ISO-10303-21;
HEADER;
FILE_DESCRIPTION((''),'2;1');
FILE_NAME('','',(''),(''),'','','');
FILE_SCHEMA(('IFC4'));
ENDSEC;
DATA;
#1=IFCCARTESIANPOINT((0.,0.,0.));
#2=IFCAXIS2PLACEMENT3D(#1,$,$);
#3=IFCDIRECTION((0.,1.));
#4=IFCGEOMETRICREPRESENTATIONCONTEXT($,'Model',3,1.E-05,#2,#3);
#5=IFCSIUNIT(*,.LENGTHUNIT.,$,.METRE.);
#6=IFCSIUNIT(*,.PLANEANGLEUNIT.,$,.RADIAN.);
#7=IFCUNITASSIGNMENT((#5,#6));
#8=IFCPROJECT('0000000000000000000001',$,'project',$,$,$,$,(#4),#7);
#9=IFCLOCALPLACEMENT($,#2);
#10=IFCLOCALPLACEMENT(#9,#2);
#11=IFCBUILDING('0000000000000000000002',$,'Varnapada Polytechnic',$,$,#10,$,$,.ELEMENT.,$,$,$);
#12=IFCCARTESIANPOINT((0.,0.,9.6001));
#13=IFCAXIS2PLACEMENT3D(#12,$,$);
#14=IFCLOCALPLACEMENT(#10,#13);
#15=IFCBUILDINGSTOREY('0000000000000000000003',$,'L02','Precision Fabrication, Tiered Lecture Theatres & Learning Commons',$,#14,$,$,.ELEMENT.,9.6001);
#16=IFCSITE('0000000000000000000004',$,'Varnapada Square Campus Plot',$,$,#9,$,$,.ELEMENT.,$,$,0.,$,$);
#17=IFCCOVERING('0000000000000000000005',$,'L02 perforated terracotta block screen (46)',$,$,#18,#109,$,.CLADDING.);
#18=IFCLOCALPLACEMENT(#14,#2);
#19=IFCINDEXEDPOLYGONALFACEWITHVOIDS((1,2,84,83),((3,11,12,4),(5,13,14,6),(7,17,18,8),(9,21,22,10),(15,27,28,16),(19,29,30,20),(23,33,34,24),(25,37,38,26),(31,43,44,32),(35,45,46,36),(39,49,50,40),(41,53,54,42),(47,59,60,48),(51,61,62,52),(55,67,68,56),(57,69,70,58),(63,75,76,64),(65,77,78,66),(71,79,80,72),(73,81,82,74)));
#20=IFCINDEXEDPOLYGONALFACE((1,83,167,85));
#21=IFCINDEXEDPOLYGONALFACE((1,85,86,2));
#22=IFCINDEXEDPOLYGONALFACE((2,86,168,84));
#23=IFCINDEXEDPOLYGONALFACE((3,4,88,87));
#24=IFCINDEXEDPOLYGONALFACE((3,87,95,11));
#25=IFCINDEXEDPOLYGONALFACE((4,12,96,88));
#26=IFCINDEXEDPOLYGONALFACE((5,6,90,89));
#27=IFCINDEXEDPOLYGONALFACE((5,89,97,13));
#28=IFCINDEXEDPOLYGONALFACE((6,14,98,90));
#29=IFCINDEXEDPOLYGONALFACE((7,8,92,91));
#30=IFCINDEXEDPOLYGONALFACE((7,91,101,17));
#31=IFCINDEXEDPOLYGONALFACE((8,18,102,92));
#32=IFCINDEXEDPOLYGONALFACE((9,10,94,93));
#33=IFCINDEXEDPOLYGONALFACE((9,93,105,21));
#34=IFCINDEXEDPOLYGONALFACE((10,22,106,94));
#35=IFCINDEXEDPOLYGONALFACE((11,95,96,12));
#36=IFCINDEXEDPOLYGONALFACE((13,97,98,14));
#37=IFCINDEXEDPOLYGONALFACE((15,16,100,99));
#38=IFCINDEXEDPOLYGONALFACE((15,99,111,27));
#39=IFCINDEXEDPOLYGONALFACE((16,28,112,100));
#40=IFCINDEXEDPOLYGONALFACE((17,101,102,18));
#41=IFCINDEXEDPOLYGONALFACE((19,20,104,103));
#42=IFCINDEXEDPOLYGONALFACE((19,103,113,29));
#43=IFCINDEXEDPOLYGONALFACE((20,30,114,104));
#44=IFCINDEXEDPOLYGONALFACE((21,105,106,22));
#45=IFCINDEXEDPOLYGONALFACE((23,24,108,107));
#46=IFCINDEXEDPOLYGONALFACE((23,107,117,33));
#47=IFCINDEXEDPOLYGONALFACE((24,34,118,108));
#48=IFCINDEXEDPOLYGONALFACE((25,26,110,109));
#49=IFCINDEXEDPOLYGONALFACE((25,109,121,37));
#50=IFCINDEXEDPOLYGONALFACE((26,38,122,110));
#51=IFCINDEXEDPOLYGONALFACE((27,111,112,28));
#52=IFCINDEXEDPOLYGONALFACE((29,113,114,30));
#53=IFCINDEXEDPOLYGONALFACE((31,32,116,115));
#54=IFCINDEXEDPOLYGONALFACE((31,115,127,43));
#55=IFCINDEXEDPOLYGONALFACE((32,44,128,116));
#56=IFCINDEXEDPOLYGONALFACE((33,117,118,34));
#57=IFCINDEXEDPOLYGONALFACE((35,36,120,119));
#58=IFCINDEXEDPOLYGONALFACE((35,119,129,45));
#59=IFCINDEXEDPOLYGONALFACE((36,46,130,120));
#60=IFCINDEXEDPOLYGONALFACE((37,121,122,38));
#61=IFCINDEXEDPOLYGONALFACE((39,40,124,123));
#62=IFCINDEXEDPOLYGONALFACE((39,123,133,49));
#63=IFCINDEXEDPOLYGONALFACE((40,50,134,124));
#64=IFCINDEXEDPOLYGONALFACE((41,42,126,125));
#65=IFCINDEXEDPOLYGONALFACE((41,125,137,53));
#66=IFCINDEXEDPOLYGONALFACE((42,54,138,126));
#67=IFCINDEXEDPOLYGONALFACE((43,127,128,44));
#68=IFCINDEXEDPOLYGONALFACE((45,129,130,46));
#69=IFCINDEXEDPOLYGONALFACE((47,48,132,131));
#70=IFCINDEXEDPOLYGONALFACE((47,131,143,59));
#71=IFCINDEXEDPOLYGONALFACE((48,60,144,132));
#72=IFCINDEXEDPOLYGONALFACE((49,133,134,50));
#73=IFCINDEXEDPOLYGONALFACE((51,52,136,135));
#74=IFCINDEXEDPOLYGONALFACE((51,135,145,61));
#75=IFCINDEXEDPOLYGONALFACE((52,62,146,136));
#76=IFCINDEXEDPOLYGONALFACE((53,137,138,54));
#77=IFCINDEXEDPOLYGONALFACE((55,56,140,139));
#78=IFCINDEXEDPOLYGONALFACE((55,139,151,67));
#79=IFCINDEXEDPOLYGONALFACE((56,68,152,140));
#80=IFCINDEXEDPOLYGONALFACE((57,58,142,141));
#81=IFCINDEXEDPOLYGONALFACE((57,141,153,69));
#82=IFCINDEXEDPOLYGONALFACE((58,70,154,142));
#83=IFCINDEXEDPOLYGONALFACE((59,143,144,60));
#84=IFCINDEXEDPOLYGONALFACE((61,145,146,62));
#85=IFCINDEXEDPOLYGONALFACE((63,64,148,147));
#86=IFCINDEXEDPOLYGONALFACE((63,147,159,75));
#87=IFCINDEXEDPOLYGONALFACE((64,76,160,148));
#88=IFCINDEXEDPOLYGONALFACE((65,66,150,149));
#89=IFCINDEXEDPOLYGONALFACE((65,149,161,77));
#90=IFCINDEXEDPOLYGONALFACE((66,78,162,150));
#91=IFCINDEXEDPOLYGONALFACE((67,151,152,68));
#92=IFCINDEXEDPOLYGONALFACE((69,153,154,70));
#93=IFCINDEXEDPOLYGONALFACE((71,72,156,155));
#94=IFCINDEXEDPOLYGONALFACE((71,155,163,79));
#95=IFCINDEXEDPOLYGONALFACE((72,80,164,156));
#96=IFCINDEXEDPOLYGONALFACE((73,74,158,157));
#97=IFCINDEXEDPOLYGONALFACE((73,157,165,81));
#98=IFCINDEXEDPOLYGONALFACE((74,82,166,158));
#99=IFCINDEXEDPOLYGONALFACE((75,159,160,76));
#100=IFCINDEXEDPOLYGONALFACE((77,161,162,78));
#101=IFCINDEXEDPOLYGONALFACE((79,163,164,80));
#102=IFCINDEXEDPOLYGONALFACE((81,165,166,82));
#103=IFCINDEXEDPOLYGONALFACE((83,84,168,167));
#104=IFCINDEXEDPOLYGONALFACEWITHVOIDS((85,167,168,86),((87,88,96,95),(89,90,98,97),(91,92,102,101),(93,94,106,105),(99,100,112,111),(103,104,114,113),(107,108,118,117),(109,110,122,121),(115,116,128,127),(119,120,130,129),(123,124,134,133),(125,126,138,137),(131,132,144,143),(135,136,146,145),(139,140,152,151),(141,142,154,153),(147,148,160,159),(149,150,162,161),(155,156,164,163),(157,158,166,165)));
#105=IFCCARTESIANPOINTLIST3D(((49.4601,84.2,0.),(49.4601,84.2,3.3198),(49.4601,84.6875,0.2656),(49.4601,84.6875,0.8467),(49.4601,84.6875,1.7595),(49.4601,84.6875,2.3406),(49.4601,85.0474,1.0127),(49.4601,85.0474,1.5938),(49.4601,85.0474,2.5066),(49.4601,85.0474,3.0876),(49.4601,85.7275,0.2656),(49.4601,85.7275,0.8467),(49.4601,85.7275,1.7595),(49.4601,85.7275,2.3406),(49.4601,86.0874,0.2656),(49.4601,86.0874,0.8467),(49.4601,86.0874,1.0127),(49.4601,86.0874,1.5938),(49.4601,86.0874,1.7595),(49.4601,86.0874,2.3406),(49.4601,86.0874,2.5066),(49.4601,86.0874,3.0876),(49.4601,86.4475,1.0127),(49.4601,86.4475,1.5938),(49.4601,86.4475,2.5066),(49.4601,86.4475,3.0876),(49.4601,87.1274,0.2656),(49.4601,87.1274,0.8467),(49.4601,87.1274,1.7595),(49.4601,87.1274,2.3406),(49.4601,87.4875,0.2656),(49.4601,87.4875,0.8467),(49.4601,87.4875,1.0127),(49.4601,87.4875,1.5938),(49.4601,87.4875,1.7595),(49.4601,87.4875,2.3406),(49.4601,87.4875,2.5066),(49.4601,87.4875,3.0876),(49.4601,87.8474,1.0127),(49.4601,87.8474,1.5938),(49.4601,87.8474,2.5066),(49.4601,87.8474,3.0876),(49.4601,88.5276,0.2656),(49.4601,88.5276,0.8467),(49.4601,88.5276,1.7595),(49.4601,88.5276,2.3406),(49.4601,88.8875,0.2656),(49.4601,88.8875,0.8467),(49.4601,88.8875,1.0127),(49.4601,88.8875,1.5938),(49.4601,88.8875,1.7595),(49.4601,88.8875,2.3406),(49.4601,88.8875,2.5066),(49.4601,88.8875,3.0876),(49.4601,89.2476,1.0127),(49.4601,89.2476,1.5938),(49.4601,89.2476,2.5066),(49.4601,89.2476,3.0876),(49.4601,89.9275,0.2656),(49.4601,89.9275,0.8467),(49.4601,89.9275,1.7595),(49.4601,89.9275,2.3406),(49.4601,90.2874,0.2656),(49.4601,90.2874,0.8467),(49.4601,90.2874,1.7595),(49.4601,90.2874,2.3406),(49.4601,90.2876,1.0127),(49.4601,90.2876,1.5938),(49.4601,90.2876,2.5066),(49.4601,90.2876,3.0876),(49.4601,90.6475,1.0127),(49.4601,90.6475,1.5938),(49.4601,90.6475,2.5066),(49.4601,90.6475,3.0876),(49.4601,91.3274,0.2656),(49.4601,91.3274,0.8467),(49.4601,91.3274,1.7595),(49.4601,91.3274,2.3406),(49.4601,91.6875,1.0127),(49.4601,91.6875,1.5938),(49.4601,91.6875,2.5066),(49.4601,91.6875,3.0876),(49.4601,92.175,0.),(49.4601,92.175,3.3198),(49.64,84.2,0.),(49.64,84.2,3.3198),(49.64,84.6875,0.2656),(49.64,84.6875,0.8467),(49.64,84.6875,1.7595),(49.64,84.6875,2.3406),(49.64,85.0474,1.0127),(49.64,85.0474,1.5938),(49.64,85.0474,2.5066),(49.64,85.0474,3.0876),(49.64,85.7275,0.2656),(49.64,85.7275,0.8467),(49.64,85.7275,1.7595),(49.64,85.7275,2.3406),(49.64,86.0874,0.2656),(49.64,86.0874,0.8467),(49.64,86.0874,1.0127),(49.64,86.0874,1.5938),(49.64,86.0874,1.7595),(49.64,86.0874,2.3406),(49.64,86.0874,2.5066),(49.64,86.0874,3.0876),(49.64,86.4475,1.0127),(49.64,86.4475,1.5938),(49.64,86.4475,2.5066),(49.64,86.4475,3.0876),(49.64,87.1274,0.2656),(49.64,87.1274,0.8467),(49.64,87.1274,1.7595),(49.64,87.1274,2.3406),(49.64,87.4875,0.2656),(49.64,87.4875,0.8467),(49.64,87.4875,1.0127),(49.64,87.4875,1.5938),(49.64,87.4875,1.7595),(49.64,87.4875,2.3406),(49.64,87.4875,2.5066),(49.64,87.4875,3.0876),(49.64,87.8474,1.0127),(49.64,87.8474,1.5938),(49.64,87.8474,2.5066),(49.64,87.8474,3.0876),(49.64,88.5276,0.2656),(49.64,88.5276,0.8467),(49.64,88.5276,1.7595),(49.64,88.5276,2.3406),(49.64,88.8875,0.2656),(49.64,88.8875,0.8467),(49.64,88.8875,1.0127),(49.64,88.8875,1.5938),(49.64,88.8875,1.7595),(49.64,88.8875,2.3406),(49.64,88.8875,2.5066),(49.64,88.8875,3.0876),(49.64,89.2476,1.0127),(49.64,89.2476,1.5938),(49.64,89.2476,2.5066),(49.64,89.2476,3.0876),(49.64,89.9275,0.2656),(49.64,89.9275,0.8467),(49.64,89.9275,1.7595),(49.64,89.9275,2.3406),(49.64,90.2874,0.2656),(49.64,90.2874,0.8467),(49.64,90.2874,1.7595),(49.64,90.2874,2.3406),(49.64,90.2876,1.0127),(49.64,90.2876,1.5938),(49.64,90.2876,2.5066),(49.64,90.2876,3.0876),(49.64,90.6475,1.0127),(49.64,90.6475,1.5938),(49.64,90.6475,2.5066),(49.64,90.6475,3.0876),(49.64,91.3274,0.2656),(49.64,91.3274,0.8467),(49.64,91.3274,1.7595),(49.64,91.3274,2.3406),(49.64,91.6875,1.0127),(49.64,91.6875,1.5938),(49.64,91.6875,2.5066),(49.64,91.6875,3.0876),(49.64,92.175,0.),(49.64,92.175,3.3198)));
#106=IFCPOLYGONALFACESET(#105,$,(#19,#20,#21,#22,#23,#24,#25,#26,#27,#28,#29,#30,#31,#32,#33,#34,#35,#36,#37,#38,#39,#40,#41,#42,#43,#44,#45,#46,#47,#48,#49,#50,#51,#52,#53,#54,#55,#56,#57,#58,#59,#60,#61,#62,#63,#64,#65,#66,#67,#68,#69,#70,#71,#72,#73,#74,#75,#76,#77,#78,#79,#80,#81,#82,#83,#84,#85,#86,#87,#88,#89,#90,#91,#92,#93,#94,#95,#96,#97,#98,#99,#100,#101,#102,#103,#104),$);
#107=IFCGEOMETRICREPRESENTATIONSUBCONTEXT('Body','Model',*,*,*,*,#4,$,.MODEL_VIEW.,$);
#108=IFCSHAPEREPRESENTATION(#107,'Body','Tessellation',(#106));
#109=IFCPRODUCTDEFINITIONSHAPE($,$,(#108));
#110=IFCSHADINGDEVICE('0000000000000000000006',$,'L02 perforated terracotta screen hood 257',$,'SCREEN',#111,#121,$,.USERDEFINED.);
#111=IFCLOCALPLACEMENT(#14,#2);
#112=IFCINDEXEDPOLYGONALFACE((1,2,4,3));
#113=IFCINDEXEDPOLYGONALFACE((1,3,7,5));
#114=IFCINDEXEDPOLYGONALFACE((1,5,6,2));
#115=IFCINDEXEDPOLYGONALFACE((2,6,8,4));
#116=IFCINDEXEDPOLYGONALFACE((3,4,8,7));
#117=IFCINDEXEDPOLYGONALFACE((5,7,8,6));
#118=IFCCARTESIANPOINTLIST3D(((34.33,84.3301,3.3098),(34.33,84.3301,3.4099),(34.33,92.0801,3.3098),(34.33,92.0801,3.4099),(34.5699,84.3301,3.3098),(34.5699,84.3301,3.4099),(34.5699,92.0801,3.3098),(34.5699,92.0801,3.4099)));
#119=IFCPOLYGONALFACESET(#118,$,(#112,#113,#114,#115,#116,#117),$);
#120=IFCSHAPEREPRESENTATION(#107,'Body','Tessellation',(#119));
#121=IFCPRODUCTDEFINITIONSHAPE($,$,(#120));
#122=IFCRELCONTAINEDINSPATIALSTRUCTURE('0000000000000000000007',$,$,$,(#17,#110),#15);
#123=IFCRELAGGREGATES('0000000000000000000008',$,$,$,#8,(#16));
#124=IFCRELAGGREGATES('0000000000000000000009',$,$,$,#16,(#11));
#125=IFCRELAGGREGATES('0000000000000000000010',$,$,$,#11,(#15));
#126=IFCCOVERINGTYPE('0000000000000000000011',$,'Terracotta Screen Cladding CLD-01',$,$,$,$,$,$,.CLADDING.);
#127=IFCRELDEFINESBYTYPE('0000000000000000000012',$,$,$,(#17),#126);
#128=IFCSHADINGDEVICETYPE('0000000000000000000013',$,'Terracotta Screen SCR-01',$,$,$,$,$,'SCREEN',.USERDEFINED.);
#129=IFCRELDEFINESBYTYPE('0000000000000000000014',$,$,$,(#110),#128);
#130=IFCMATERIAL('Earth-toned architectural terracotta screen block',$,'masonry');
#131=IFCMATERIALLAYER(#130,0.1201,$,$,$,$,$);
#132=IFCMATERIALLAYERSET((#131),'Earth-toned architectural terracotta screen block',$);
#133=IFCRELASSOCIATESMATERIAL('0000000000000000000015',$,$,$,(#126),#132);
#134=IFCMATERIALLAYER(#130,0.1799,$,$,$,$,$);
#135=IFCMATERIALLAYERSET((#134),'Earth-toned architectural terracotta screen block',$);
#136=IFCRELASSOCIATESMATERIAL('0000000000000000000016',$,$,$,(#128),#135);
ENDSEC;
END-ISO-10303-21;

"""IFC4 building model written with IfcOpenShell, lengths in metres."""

from ifc_helpers import new_model, si_unit, direction, frame, frame_2d, origin, origin_2d, place, context, subcontext, project, spatial, rectangle, extrude, material, layer, layer_set, type_object, element, save


model = new_model("IFC4")

# Units and contexts
model_context = context("Model", 3, precision=1e-05, world=origin(), true_north=direction((0.0, 1.0)))
body_context = subcontext(model_context, "Body", "Model", "MODEL_VIEW")
ifc_project = project(units=[si_unit("LENGTHUNIT", "METRE"), si_unit("PLANEANGLEUNIT", "RADIAN")], contexts=[model_context])

# Site, building, storey
site_placement = place(None, origin())
site = spatial("IfcSite", under=ifc_project, at=site_placement, Name="Varnapada Square Campus Plot", CompositionType="ELEMENT", RefElevation=0.0)
building_placement = place(site_placement, origin())
building = spatial("IfcBuilding", under=site, at=building_placement, Name="Varnapada Polytechnic", CompositionType="ELEMENT")
storey_placement = place(building_placement, frame((0.0, 0.0, 9.6001)))
storey = spatial("IfcBuildingStorey", under=building, at=storey_placement, Name="L02", Description="Precision Fabrication, Tiered Lecture Theatres & Learning Commons", CompositionType="ELEMENT", Elevation=9.6001)

# Covering, openings
ifc_material_1 = material(Name="Earth-toned architectural terracotta screen block", Category="masonry")
ifc_layer_1 = layer(ifc_material_1, 0.1201)
ifc_layer_set_1 = layer_set([ifc_layer_1], Name="Earth-toned architectural terracotta screen block")
covering_type = type_object("IfcCoveringType", Name="Terracotta Screen Cladding CLD-01", PredefinedType="CLADDING", material=ifc_layer_set_1)
covering_placement = place(storey_placement, frame((49.55, 84.2, 0.0), z_axis=(0.0, 0.0, 1.0), x_axis=(0.0, 1.0, 0.0)))
covering = element("IfcCovering", 1, at=covering_placement, inside=storey, type_object=covering_type, Name="L02 perforated terracotta block screen (46)", PredefinedType="CLADDING", context=body_context, shape_type="SweptSolid", body=[
    extrude(rectangle(XDim=7.9751, YDim=0.1799, at=frame_2d((3.9875, 0.0))), origin(), (0.0, 0.0, 1.0), 3.3198),
])
opening_1_placement = place(covering_placement, frame((0.4875, 0.0, 0.2656)))
element("IfcOpeningElement", 2, at=opening_1_placement, cuts=covering, PredefinedType="OPENING", context=body_context, shape_type="SweptSolid", body=[
    extrude(rectangle(XDim=1.04, YDim=0.5811, at=frame_2d((0.52, 0.2905))), frame((0.0, 0.0999, 0.0), z_axis=(0.0, -1.0, 0.0), x_axis=(1.0, 0.0, 0.0)), (0.0, 0.0, 1.0), 0.2),
])
opening_2_placement = place(covering_placement, frame((1.8875, 0.0, 0.2656)))
element("IfcOpeningElement", 3, at=opening_2_placement, cuts=covering, PredefinedType="OPENING", context=body_context, shape_type="SweptSolid", body=[
    extrude(rectangle(XDim=1.04, YDim=0.5811, at=frame_2d((0.52, 0.2905))), frame((0.0, 0.0999, 0.0), z_axis=(0.0, -1.0, 0.0), x_axis=(1.0, 0.0, 0.0)), (0.0, 0.0, 1.0), 0.2),
])
opening_3_placement = place(covering_placement, frame((3.2876, 0.0, 0.2656)))
element("IfcOpeningElement", 4, at=opening_3_placement, cuts=covering, PredefinedType="OPENING", context=body_context, shape_type="SweptSolid", body=[
    extrude(rectangle(XDim=1.04, YDim=0.5811, at=frame_2d((0.52, 0.2905))), frame((0.0, 0.0999, 0.0), z_axis=(0.0, -1.0, 0.0), x_axis=(1.0, 0.0, 0.0)), (0.0, 0.0, 1.0), 0.2),
])
opening_4_placement = place(covering_placement, frame((4.6875, 0.0, 0.2656)))
element("IfcOpeningElement", 5, at=opening_4_placement, cuts=covering, PredefinedType="OPENING", context=body_context, shape_type="SweptSolid", body=[
    extrude(rectangle(XDim=1.04, YDim=0.5811, at=frame_2d((0.52, 0.2905))), frame((0.0, 0.0999, 0.0), z_axis=(0.0, -1.0, 0.0), x_axis=(1.0, 0.0, 0.0)), (0.0, 0.0, 1.0), 0.2),
])
opening_5_placement = place(covering_placement, frame((6.0874, 0.0, 0.2656)))
element("IfcOpeningElement", 6, at=opening_5_placement, cuts=covering, PredefinedType="OPENING", context=body_context, shape_type="SweptSolid", body=[
    extrude(rectangle(XDim=1.04, YDim=0.5811, at=frame_2d((0.52, 0.2905))), frame((0.0, 0.0999, 0.0), z_axis=(0.0, -1.0, 0.0), x_axis=(1.0, 0.0, 0.0)), (0.0, 0.0, 1.0), 0.2),
])
opening_6_placement = place(covering_placement, frame((0.8474, 0.0, 1.0127)))
element("IfcOpeningElement", 7, at=opening_6_placement, cuts=covering, PredefinedType="OPENING", context=body_context, shape_type="SweptSolid", body=[
    extrude(rectangle(XDim=1.04, YDim=0.5811, at=frame_2d((0.52, 0.2905))), frame((0.0, 0.0999, 0.0), z_axis=(0.0, -1.0, 0.0), x_axis=(1.0, 0.0, 0.0)), (0.0, 0.0, 1.0), 0.2),
])
opening_7_placement = place(covering_placement, frame((2.2476, 0.0, 1.0127)))
element("IfcOpeningElement", 8, at=opening_7_placement, cuts=covering, PredefinedType="OPENING", context=body_context, shape_type="SweptSolid", body=[
    extrude(rectangle(XDim=1.04, YDim=0.5811, at=frame_2d((0.52, 0.2905))), frame((0.0, 0.0999, 0.0), z_axis=(0.0, -1.0, 0.0), x_axis=(1.0, 0.0, 0.0)), (0.0, 0.0, 1.0), 0.2),
])
opening_8_placement = place(covering_placement, frame((3.6475, 0.0, 1.0127)))
element("IfcOpeningElement", 9, at=opening_8_placement, cuts=covering, PredefinedType="OPENING", context=body_context, shape_type="SweptSolid", body=[
    extrude(rectangle(XDim=1.04, YDim=0.5811, at=frame_2d((0.52, 0.2905))), frame((0.0, 0.0999, 0.0), z_axis=(0.0, -1.0, 0.0), x_axis=(1.0, 0.0, 0.0)), (0.0, 0.0, 1.0), 0.2),
])
opening_9_placement = place(covering_placement, frame((5.0476, 0.0, 1.0127)))
element("IfcOpeningElement", 10, at=opening_9_placement, cuts=covering, PredefinedType="OPENING", context=body_context, shape_type="SweptSolid", body=[
    extrude(rectangle(XDim=1.04, YDim=0.5811, at=frame_2d((0.52, 0.2905))), frame((0.0, 0.0999, 0.0), z_axis=(0.0, -1.0, 0.0), x_axis=(1.0, 0.0, 0.0)), (0.0, 0.0, 1.0), 0.2),
])
opening_10_placement = place(covering_placement, frame((6.4475, 0.0, 1.0127)))
element("IfcOpeningElement", 11, at=opening_10_placement, cuts=covering, PredefinedType="OPENING", context=body_context, shape_type="SweptSolid", body=[
    extrude(rectangle(XDim=1.04, YDim=0.5811, at=frame_2d((0.52, 0.2905))), frame((0.0, 0.0999, 0.0), z_axis=(0.0, -1.0, 0.0), x_axis=(1.0, 0.0, 0.0)), (0.0, 0.0, 1.0), 0.2),
])
opening_11_placement = place(covering_placement, frame((0.4875, 0.0, 1.7595)))
element("IfcOpeningElement", 12, at=opening_11_placement, cuts=covering, PredefinedType="OPENING", context=body_context, shape_type="SweptSolid", body=[
    extrude(rectangle(XDim=1.04, YDim=0.5811, at=frame_2d((0.52, 0.2905))), frame((0.0, 0.0999, 0.0), z_axis=(0.0, -1.0, 0.0), x_axis=(1.0, 0.0, 0.0)), (0.0, 0.0, 1.0), 0.2),
])
opening_12_placement = place(covering_placement, frame((1.8875, 0.0, 1.7595)))
element("IfcOpeningElement", 13, at=opening_12_placement, cuts=covering, PredefinedType="OPENING", context=body_context, shape_type="SweptSolid", body=[
    extrude(rectangle(XDim=1.04, YDim=0.5811, at=frame_2d((0.52, 0.2905))), frame((0.0, 0.0999, 0.0), z_axis=(0.0, -1.0, 0.0), x_axis=(1.0, 0.0, 0.0)), (0.0, 0.0, 1.0), 0.2),
])
opening_13_placement = place(covering_placement, frame((3.2876, 0.0, 1.7595)))
element("IfcOpeningElement", 14, at=opening_13_placement, cuts=covering, PredefinedType="OPENING", context=body_context, shape_type="SweptSolid", body=[
    extrude(rectangle(XDim=1.04, YDim=0.5811, at=frame_2d((0.52, 0.2905))), frame((0.0, 0.0999, 0.0), z_axis=(0.0, -1.0, 0.0), x_axis=(1.0, 0.0, 0.0)), (0.0, 0.0, 1.0), 0.2),
])
opening_14_placement = place(covering_placement, frame((4.6875, 0.0, 1.7595)))
element("IfcOpeningElement", 15, at=opening_14_placement, cuts=covering, PredefinedType="OPENING", context=body_context, shape_type="SweptSolid", body=[
    extrude(rectangle(XDim=1.04, YDim=0.5811, at=frame_2d((0.52, 0.2905))), frame((0.0, 0.0999, 0.0), z_axis=(0.0, -1.0, 0.0), x_axis=(1.0, 0.0, 0.0)), (0.0, 0.0, 1.0), 0.2),
])
opening_15_placement = place(covering_placement, frame((6.0874, 0.0, 1.7595)))
element("IfcOpeningElement", 16, at=opening_15_placement, cuts=covering, PredefinedType="OPENING", context=body_context, shape_type="SweptSolid", body=[
    extrude(rectangle(XDim=1.04, YDim=0.5811, at=frame_2d((0.52, 0.2905))), frame((0.0, 0.0999, 0.0), z_axis=(0.0, -1.0, 0.0), x_axis=(1.0, 0.0, 0.0)), (0.0, 0.0, 1.0), 0.2),
])
opening_16_placement = place(covering_placement, frame((0.8474, 0.0, 2.5066)))
element("IfcOpeningElement", 17, at=opening_16_placement, cuts=covering, PredefinedType="OPENING", context=body_context, shape_type="SweptSolid", body=[
    extrude(rectangle(XDim=1.04, YDim=0.5811, at=frame_2d((0.52, 0.2905))), frame((0.0, 0.0999, 0.0), z_axis=(0.0, -1.0, 0.0), x_axis=(1.0, 0.0, 0.0)), (0.0, 0.0, 1.0), 0.2),
])
opening_17_placement = place(covering_placement, frame((2.2476, 0.0, 2.5066)))
element("IfcOpeningElement", 18, at=opening_17_placement, cuts=covering, PredefinedType="OPENING", context=body_context, shape_type="SweptSolid", body=[
    extrude(rectangle(XDim=1.04, YDim=0.5811, at=frame_2d((0.52, 0.2905))), frame((0.0, 0.0999, 0.0), z_axis=(0.0, -1.0, 0.0), x_axis=(1.0, 0.0, 0.0)), (0.0, 0.0, 1.0), 0.2),
])
opening_18_placement = place(covering_placement, frame((3.6475, 0.0, 2.5066)))
element("IfcOpeningElement", 19, at=opening_18_placement, cuts=covering, PredefinedType="OPENING", context=body_context, shape_type="SweptSolid", body=[
    extrude(rectangle(XDim=1.04, YDim=0.5811, at=frame_2d((0.52, 0.2905))), frame((0.0, 0.0999, 0.0), z_axis=(0.0, -1.0, 0.0), x_axis=(1.0, 0.0, 0.0)), (0.0, 0.0, 1.0), 0.2),
])
opening_19_placement = place(covering_placement, frame((5.0476, 0.0, 2.5066)))
element("IfcOpeningElement", 20, at=opening_19_placement, cuts=covering, PredefinedType="OPENING", context=body_context, shape_type="SweptSolid", body=[
    extrude(rectangle(XDim=1.04, YDim=0.5811, at=frame_2d((0.52, 0.2905))), frame((0.0, 0.0999, 0.0), z_axis=(0.0, -1.0, 0.0), x_axis=(1.0, 0.0, 0.0)), (0.0, 0.0, 1.0), 0.2),
])
opening_20_placement = place(covering_placement, frame((6.4475, 0.0, 2.5066)))
element("IfcOpeningElement", 21, at=opening_20_placement, cuts=covering, PredefinedType="OPENING", context=body_context, shape_type="SweptSolid", body=[
    extrude(rectangle(XDim=1.04, YDim=0.5811, at=frame_2d((0.52, 0.2905))), frame((0.0, 0.0999, 0.0), z_axis=(0.0, -1.0, 0.0), x_axis=(1.0, 0.0, 0.0)), (0.0, 0.0, 1.0), 0.2),
])

# Shading device
ifc_layer_2 = layer(ifc_material_1, 0.1799)
ifc_layer_set_2 = layer_set([ifc_layer_2], Name="Earth-toned architectural terracotta screen block")
shading_device_type = type_object("IfcShadingDeviceType", Name="Terracotta Screen SCR-01", ElementType="SCREEN", PredefinedType="USERDEFINED", material=ifc_layer_set_2)
shading_device_1_placement = place(storey_placement, frame((34.45, 88.2051, 3.3098), z_axis=(0.0, 0.0, 1.0), x_axis=(0.0, -1.0, 0.0)))
element("IfcShadingDevice", 22, at=shading_device_1_placement, inside=storey, type_object=shading_device_type, Name="L02 perforated terracotta screen hood 257", ObjectType="SCREEN", PredefinedType="USERDEFINED", context=body_context, shape_type="SweptSolid", body=[
    extrude(rectangle(XDim=7.75, YDim=0.24, at=origin_2d()), origin(), (0.0, 0.0, 1.0), 0.1001),
])

save(model, "model.ifc")
